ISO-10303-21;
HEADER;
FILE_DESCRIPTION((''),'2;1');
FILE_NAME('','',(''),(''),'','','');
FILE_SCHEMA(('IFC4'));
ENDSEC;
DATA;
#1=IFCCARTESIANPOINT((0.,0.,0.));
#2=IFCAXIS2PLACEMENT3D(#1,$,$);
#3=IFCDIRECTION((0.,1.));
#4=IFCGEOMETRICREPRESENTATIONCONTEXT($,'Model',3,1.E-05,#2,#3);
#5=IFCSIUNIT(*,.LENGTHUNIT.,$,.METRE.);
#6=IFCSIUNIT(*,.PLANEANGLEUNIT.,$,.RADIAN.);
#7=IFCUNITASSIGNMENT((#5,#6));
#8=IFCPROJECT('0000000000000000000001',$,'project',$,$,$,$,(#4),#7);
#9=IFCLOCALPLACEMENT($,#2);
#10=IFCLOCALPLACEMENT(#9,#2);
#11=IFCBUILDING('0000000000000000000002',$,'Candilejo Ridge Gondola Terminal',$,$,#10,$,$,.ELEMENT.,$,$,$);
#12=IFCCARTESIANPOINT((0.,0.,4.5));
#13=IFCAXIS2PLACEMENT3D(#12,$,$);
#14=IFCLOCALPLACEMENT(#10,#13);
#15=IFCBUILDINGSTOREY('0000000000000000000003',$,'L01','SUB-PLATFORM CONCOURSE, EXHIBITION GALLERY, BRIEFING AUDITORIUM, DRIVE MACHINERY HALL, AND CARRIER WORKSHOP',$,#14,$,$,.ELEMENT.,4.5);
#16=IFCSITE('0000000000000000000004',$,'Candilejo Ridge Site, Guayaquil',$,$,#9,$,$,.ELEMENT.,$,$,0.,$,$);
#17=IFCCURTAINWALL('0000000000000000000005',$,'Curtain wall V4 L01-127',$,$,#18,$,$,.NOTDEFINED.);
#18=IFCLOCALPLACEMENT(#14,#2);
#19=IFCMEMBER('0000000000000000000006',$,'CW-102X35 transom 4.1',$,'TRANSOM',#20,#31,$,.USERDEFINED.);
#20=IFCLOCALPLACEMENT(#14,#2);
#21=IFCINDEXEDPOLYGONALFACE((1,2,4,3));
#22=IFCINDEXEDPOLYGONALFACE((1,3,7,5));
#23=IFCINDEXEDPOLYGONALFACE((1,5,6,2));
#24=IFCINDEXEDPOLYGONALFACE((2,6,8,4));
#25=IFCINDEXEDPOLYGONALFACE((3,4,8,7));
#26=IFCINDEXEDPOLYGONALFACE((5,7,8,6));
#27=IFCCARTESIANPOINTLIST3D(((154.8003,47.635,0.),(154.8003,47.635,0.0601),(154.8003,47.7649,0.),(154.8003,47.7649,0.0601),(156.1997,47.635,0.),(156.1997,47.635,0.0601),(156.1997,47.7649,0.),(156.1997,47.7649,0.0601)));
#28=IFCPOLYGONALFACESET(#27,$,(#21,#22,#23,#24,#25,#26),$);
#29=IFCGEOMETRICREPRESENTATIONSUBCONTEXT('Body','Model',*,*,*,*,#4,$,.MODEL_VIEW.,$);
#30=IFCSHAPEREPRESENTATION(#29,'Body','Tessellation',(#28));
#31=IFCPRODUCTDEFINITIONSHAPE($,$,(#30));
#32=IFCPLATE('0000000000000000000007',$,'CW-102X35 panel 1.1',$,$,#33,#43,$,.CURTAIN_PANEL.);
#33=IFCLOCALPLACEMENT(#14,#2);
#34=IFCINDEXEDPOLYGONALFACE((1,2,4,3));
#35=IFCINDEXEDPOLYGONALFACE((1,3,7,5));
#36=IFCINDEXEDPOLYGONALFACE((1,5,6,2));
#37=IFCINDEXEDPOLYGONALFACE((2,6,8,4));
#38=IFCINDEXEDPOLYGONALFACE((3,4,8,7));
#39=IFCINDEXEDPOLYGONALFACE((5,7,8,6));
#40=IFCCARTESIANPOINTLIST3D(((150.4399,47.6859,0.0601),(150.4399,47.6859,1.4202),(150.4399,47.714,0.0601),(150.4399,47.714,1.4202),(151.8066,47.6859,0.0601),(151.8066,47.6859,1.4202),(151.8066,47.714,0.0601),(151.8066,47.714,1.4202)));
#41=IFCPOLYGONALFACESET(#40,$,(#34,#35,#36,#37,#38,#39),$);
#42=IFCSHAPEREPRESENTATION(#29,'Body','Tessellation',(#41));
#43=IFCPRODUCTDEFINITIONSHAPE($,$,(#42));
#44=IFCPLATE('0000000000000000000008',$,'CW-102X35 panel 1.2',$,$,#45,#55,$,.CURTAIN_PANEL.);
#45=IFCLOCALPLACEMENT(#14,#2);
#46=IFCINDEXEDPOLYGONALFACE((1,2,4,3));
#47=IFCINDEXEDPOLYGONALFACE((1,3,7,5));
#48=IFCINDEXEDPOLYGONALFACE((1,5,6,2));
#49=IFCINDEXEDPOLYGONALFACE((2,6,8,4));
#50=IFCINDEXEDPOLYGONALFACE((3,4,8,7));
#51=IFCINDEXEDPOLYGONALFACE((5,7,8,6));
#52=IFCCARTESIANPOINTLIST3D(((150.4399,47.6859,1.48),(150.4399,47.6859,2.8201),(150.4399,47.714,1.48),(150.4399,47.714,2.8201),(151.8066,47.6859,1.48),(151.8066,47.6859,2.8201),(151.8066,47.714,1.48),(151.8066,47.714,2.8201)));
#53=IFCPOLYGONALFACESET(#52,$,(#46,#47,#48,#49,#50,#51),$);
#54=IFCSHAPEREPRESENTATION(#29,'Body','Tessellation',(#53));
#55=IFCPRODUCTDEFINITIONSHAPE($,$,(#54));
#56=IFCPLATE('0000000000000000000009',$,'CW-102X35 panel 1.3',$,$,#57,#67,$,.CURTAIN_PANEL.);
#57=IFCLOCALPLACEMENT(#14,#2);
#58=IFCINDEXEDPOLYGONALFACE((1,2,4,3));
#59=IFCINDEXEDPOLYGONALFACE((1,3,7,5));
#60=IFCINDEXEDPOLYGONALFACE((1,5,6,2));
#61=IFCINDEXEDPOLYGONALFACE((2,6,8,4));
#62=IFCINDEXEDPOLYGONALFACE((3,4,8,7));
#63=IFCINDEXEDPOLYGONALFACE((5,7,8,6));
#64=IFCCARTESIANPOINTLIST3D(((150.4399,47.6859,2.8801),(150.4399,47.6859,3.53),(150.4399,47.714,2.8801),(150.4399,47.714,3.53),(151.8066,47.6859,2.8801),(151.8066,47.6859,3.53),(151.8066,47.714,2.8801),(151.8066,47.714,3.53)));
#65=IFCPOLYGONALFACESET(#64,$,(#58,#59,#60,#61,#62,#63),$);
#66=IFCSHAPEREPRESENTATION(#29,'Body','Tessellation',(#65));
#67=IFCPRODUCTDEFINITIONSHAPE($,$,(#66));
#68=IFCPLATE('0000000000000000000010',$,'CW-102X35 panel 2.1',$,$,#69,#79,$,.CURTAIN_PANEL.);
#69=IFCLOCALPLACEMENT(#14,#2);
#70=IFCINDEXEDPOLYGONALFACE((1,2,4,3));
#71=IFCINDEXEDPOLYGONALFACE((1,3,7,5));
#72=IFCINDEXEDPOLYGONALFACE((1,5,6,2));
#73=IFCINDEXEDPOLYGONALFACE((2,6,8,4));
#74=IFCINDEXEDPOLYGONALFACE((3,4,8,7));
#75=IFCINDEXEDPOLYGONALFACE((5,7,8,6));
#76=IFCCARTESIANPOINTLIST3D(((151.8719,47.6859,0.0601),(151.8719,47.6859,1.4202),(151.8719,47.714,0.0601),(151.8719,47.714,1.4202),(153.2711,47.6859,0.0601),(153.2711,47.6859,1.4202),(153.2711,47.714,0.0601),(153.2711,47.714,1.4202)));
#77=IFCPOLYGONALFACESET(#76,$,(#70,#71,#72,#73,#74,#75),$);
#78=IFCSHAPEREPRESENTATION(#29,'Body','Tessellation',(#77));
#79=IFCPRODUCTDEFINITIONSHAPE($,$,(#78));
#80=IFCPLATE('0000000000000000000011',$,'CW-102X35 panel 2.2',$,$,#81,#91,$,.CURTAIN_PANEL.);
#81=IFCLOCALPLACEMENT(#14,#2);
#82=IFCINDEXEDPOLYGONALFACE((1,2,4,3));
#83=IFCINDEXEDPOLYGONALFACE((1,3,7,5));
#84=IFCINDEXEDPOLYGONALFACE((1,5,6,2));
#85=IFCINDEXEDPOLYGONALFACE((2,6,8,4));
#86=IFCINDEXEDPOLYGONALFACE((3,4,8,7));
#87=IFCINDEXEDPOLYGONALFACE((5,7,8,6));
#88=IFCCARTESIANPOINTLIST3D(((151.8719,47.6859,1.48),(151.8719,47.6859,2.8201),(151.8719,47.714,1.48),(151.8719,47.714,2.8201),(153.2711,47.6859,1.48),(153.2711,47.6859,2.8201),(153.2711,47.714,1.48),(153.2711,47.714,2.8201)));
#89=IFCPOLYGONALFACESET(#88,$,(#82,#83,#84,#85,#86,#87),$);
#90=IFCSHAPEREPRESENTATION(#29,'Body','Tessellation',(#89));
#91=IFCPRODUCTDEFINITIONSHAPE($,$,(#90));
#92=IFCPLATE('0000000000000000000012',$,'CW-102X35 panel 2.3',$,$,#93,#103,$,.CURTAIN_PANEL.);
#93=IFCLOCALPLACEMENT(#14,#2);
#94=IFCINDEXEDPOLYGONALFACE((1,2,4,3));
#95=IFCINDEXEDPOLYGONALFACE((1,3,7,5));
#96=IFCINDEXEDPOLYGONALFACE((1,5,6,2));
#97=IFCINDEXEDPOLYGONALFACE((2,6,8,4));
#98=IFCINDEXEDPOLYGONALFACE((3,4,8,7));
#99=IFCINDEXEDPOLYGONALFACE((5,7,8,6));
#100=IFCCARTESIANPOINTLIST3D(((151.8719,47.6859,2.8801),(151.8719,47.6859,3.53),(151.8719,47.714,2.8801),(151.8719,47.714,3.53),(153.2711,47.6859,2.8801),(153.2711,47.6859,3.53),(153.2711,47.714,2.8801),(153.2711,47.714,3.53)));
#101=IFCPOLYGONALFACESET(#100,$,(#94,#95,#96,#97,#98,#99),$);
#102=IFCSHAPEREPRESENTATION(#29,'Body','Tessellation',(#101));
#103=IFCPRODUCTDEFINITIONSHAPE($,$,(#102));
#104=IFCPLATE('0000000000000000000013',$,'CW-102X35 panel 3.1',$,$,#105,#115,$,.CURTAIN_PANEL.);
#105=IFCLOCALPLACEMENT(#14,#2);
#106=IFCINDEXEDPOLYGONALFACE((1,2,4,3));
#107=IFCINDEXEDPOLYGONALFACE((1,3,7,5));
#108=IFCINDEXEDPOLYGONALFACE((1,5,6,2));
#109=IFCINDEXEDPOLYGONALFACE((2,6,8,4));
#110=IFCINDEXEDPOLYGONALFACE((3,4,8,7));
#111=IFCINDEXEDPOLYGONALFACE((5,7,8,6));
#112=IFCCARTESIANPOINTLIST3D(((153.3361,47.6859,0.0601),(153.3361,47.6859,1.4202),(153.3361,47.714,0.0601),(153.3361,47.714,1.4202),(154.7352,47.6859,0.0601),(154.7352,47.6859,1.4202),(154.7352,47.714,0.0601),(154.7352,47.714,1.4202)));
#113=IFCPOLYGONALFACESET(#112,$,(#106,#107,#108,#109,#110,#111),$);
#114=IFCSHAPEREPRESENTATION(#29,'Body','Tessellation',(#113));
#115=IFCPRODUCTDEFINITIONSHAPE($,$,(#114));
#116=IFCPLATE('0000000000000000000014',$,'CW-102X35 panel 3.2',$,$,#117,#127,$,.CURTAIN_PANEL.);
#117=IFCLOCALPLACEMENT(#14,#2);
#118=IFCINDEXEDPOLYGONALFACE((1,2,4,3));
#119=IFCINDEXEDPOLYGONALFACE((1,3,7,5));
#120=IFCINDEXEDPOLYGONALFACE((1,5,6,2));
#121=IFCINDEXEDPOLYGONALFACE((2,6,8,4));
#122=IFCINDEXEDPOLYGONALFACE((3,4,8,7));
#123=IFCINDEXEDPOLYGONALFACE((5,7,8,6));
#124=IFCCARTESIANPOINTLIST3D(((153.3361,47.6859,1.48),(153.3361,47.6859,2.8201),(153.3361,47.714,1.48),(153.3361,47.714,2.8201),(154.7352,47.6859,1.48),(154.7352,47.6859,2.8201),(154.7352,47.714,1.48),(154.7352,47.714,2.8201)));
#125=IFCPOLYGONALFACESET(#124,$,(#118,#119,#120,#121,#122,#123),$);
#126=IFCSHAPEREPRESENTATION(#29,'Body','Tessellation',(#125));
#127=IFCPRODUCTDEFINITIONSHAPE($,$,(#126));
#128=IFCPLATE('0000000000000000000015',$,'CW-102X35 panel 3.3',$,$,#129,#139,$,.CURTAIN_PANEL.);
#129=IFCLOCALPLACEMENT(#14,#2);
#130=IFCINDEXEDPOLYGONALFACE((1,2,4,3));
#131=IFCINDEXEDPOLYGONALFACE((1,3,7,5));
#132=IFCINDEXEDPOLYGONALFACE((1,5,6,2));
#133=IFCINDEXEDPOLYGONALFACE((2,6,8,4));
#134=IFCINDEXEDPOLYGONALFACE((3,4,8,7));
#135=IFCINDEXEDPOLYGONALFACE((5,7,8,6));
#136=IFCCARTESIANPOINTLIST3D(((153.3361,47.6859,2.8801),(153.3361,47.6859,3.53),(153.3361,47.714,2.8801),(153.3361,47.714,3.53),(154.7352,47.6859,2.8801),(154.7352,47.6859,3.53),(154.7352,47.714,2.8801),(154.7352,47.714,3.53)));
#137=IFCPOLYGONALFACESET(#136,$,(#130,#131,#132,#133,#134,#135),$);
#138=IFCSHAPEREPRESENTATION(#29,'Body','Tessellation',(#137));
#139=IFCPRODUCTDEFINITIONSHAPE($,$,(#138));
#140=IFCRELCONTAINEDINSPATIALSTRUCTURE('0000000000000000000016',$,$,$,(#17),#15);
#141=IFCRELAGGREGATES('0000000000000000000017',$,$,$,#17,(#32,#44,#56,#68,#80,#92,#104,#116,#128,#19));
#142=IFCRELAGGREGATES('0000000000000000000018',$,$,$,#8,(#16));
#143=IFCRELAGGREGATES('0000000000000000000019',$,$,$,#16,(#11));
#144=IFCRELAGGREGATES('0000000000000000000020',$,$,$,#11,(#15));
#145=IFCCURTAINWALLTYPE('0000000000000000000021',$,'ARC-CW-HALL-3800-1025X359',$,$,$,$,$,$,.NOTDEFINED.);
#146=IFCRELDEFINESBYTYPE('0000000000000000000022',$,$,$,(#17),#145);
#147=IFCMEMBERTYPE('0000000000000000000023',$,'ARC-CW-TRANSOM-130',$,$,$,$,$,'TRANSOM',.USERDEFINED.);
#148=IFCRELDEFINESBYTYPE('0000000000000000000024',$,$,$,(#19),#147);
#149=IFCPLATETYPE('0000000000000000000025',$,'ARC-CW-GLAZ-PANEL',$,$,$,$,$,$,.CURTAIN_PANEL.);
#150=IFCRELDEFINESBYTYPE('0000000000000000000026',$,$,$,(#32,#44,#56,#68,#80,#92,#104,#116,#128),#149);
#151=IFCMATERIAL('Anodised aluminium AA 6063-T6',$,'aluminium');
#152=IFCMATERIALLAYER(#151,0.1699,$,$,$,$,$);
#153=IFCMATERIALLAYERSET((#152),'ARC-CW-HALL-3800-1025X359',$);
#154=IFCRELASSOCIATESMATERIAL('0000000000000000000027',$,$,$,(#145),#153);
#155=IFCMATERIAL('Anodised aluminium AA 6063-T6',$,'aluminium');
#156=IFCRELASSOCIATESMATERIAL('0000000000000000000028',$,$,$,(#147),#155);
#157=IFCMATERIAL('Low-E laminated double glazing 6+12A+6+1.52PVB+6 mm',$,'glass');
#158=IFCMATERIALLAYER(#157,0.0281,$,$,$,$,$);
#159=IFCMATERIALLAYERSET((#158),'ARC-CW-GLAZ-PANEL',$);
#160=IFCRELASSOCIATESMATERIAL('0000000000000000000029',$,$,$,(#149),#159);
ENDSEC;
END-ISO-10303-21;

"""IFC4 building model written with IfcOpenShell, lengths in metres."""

from ifc_helpers import new_model, si_unit, direction, frame, origin, origin_2d, place, context, subcontext, project, spatial, rectangle, extrude, material, layer, layer_set, material_profile, profile_set, type_object, element, aggregate, save


model = new_model("IFC4")

# Units and contexts
model_context = context("Model", 3, precision=1e-05, world=origin(), true_north=direction((0.0, 1.0)))
body_context = subcontext(model_context, "Body", "Model", "MODEL_VIEW")
ifc_project = project(units=[si_unit("LENGTHUNIT", "METRE"), si_unit("PLANEANGLEUNIT", "RADIAN")], contexts=[model_context])

# Site, building, storey
site_placement = place(None, origin())
site = spatial("IfcSite", under=ifc_project, at=site_placement, Name="Candilejo Ridge Site, Guayaquil", CompositionType="ELEMENT", RefElevation=0.0)
building_placement = place(site_placement, origin())
building = spatial("IfcBuilding", under=site, at=building_placement, Name="Candilejo Ridge Gondola Terminal", CompositionType="ELEMENT")
storey_placement = place(building_placement, frame((0.0, 0.0, 4.5)))
storey = spatial("IfcBuildingStorey", under=building, at=storey_placement, Name="L01", Description="SUB-PLATFORM CONCOURSE, EXHIBITION GALLERY, BRIEFING AUDITORIUM, DRIVE MACHINERY HALL, AND CARRIER WORKSHOP", CompositionType="ELEMENT", Elevation=4.5)

# Curtain wall, member, plates
ifc_material_1 = material(Name="Anodised aluminium AA 6063-T6", Category="aluminium")
ifc_layer_1 = layer(ifc_material_1, 0.1699)
ifc_layer_set_1 = layer_set([ifc_layer_1], Name="ARC-CW-HALL-3800-1025X359")
curtain_wall_type = type_object("IfcCurtainWallType", Name="ARC-CW-HALL-3800-1025X359", PredefinedType="NOTDEFINED", material=ifc_layer_set_1)
curtain_wall_placement = place(storey_placement, origin())
curtain_wall = element("IfcCurtainWall", 1, at=curtain_wall_placement, inside=storey, type_object=curtain_wall_type, Name="Curtain wall V4 L01-127", PredefinedType="NOTDEFINED")
ifc_material_2 = material(Name="Anodised aluminium AA 6063-T6", Category="aluminium")
ifc_material_profile_1 = material_profile(ifc_material_2, rectangle(XDim=0.1299, YDim=0.0601, at=origin_2d()))
ifc_profile_set_1 = profile_set([ifc_material_profile_1], Name="Anodised aluminium AA 6063-T6")
member_type_1 = type_object("IfcMemberType", Name="ARC-CW-TRANSOM-130", ElementType="TRANSOM", PredefinedType="USERDEFINED", material=ifc_profile_set_1)
member_1_placement = place(storey_placement, frame((154.8003, 47.7, 0.03), z_axis=(1.0, 0.0, 0.0), x_axis=(0.0, 1.0, 0.0)))
member_1 = element("IfcMember", 2, at=member_1_placement, type_object=member_type_1, Name="CW-102X35 transom 4.1", ObjectType="TRANSOM", PredefinedType="USERDEFINED", context=body_context, shape_type="SweptSolid", body=[
    extrude(rectangle(XDim=0.1299, YDim=0.0601, at=origin_2d()), origin(), (0.0, 0.0, 1.0), 1.3994),
])
ifc_material_3 = material(Name="Low-E laminated double glazing 6+12A+6+1.52PVB+6 mm", Category="glass")
ifc_layer_2 = layer(ifc_material_3, 0.0281)
ifc_layer_set_2 = layer_set([ifc_layer_2], Name="ARC-CW-GLAZ-PANEL")
plate_type = type_object("IfcPlateType", Name="ARC-CW-GLAZ-PANEL", PredefinedType="CURTAIN_PANEL", material=ifc_layer_set_2)
plate_1_placement = place(storey_placement, frame((151.1233, 47.7, 0.0601), z_axis=(0.0, 0.0, 1.0), x_axis=(1.0, 0.0, 0.0)))
plate_1 = element("IfcPlate", 3, at=plate_1_placement, type_object=plate_type, Name="CW-102X35 panel 1.1", PredefinedType="CURTAIN_PANEL", context=body_context, shape_type="SweptSolid", body=[
    extrude(rectangle(XDim=1.3667, YDim=0.0281, at=origin_2d()), origin(), (0.0, 0.0, 1.0), 1.3601),
])
plate_2_placement = place(storey_placement, frame((151.1233, 47.7, 1.48), z_axis=(0.0, 0.0, 1.0), x_axis=(1.0, 0.0, 0.0)))
plate_2 = element("IfcPlate", 4, at=plate_2_placement, type_object=plate_type, Name="CW-102X35 panel 1.2", PredefinedType="CURTAIN_PANEL", context=body_context, shape_type="SweptSolid", body=[
    extrude(rectangle(XDim=1.3667, YDim=0.0281, at=origin_2d()), origin(), (0.0, 0.0, 1.0), 1.3401),
])
plate_3_placement = place(storey_placement, frame((151.1233, 47.7, 2.8801), z_axis=(0.0, 0.0, 1.0), x_axis=(1.0, 0.0, 0.0)))
plate_3 = element("IfcPlate", 5, at=plate_3_placement, type_object=plate_type, Name="CW-102X35 panel 1.3", PredefinedType="CURTAIN_PANEL", context=body_context, shape_type="SweptSolid", body=[
    extrude(rectangle(XDim=1.3667, YDim=0.0281, at=origin_2d()), origin(), (0.0, 0.0, 1.0), 0.6499),
])
plate_4_placement = place(storey_placement, frame((152.5715, 47.7, 0.0601), z_axis=(0.0, 0.0, 1.0), x_axis=(1.0, 0.0, 0.0)))
plate_4 = element("IfcPlate", 6, at=plate_4_placement, type_object=plate_type, Name="CW-102X35 panel 2.1", PredefinedType="CURTAIN_PANEL", context=body_context, shape_type="SweptSolid", body=[
    extrude(rectangle(XDim=1.3992, YDim=0.0281, at=origin_2d()), origin(), (0.0, 0.0, 1.0), 1.3601),
])
plate_5_placement = place(storey_placement, frame((152.5715, 47.7, 1.48), z_axis=(0.0, 0.0, 1.0), x_axis=(1.0, 0.0, 0.0)))
plate_5 = element("IfcPlate", 7, at=plate_5_placement, type_object=plate_type, Name="CW-102X35 panel 2.2", PredefinedType="CURTAIN_PANEL", context=body_context, shape_type="SweptSolid", body=[
    extrude(rectangle(XDim=1.3992, YDim=0.0281, at=origin_2d()), origin(), (0.0, 0.0, 1.0), 1.3401),
])
plate_6_placement = place(storey_placement, frame((152.5715, 47.7, 2.8801), z_axis=(0.0, 0.0, 1.0), x_axis=(1.0, 0.0, 0.0)))
plate_6 = element("IfcPlate", 8, at=plate_6_placement, type_object=plate_type, Name="CW-102X35 panel 2.3", PredefinedType="CURTAIN_PANEL", context=body_context, shape_type="SweptSolid", body=[
    extrude(rectangle(XDim=1.3992, YDim=0.0281, at=origin_2d()), origin(), (0.0, 0.0, 1.0), 0.6499),
])
plate_7_placement = place(storey_placement, frame((154.0356, 47.7, 0.0601), z_axis=(0.0, 0.0, 1.0), x_axis=(1.0, 0.0, 0.0)))
plate_7 = element("IfcPlate", 9, at=plate_7_placement, type_object=plate_type, Name="CW-102X35 panel 3.1", PredefinedType="CURTAIN_PANEL", context=body_context, shape_type="SweptSolid", body=[
    extrude(rectangle(XDim=1.3992, YDim=0.0281, at=origin_2d()), origin(), (0.0, 0.0, 1.0), 1.3601),
])
plate_8_placement = place(storey_placement, frame((154.0356, 47.7, 1.48), z_axis=(0.0, 0.0, 1.0), x_axis=(1.0, 0.0, 0.0)))
plate_8 = element("IfcPlate", 10, at=plate_8_placement, type_object=plate_type, Name="CW-102X35 panel 3.2", PredefinedType="CURTAIN_PANEL", context=body_context, shape_type="SweptSolid", body=[
    extrude(rectangle(XDim=1.3992, YDim=0.0281, at=origin_2d()), origin(), (0.0, 0.0, 1.0), 1.3401),
])
plate_9_placement = place(storey_placement, frame((154.0356, 47.7, 2.8801), z_axis=(0.0, 0.0, 1.0), x_axis=(1.0, 0.0, 0.0)))
plate_9 = element("IfcPlate", 11, at=plate_9_placement, type_object=plate_type, Name="CW-102X35 panel 3.3", PredefinedType="CURTAIN_PANEL", context=body_context, shape_type="SweptSolid", body=[
    extrude(rectangle(XDim=1.3992, YDim=0.0281, at=origin_2d()), origin(), (0.0, 0.0, 1.0), 0.6499),
])
aggregate(curtain_wall, [plate_1, plate_2, plate_3, plate_4, plate_5, plate_6, plate_7, plate_8, plate_9, member_1])

save(model, "model.ifc")
